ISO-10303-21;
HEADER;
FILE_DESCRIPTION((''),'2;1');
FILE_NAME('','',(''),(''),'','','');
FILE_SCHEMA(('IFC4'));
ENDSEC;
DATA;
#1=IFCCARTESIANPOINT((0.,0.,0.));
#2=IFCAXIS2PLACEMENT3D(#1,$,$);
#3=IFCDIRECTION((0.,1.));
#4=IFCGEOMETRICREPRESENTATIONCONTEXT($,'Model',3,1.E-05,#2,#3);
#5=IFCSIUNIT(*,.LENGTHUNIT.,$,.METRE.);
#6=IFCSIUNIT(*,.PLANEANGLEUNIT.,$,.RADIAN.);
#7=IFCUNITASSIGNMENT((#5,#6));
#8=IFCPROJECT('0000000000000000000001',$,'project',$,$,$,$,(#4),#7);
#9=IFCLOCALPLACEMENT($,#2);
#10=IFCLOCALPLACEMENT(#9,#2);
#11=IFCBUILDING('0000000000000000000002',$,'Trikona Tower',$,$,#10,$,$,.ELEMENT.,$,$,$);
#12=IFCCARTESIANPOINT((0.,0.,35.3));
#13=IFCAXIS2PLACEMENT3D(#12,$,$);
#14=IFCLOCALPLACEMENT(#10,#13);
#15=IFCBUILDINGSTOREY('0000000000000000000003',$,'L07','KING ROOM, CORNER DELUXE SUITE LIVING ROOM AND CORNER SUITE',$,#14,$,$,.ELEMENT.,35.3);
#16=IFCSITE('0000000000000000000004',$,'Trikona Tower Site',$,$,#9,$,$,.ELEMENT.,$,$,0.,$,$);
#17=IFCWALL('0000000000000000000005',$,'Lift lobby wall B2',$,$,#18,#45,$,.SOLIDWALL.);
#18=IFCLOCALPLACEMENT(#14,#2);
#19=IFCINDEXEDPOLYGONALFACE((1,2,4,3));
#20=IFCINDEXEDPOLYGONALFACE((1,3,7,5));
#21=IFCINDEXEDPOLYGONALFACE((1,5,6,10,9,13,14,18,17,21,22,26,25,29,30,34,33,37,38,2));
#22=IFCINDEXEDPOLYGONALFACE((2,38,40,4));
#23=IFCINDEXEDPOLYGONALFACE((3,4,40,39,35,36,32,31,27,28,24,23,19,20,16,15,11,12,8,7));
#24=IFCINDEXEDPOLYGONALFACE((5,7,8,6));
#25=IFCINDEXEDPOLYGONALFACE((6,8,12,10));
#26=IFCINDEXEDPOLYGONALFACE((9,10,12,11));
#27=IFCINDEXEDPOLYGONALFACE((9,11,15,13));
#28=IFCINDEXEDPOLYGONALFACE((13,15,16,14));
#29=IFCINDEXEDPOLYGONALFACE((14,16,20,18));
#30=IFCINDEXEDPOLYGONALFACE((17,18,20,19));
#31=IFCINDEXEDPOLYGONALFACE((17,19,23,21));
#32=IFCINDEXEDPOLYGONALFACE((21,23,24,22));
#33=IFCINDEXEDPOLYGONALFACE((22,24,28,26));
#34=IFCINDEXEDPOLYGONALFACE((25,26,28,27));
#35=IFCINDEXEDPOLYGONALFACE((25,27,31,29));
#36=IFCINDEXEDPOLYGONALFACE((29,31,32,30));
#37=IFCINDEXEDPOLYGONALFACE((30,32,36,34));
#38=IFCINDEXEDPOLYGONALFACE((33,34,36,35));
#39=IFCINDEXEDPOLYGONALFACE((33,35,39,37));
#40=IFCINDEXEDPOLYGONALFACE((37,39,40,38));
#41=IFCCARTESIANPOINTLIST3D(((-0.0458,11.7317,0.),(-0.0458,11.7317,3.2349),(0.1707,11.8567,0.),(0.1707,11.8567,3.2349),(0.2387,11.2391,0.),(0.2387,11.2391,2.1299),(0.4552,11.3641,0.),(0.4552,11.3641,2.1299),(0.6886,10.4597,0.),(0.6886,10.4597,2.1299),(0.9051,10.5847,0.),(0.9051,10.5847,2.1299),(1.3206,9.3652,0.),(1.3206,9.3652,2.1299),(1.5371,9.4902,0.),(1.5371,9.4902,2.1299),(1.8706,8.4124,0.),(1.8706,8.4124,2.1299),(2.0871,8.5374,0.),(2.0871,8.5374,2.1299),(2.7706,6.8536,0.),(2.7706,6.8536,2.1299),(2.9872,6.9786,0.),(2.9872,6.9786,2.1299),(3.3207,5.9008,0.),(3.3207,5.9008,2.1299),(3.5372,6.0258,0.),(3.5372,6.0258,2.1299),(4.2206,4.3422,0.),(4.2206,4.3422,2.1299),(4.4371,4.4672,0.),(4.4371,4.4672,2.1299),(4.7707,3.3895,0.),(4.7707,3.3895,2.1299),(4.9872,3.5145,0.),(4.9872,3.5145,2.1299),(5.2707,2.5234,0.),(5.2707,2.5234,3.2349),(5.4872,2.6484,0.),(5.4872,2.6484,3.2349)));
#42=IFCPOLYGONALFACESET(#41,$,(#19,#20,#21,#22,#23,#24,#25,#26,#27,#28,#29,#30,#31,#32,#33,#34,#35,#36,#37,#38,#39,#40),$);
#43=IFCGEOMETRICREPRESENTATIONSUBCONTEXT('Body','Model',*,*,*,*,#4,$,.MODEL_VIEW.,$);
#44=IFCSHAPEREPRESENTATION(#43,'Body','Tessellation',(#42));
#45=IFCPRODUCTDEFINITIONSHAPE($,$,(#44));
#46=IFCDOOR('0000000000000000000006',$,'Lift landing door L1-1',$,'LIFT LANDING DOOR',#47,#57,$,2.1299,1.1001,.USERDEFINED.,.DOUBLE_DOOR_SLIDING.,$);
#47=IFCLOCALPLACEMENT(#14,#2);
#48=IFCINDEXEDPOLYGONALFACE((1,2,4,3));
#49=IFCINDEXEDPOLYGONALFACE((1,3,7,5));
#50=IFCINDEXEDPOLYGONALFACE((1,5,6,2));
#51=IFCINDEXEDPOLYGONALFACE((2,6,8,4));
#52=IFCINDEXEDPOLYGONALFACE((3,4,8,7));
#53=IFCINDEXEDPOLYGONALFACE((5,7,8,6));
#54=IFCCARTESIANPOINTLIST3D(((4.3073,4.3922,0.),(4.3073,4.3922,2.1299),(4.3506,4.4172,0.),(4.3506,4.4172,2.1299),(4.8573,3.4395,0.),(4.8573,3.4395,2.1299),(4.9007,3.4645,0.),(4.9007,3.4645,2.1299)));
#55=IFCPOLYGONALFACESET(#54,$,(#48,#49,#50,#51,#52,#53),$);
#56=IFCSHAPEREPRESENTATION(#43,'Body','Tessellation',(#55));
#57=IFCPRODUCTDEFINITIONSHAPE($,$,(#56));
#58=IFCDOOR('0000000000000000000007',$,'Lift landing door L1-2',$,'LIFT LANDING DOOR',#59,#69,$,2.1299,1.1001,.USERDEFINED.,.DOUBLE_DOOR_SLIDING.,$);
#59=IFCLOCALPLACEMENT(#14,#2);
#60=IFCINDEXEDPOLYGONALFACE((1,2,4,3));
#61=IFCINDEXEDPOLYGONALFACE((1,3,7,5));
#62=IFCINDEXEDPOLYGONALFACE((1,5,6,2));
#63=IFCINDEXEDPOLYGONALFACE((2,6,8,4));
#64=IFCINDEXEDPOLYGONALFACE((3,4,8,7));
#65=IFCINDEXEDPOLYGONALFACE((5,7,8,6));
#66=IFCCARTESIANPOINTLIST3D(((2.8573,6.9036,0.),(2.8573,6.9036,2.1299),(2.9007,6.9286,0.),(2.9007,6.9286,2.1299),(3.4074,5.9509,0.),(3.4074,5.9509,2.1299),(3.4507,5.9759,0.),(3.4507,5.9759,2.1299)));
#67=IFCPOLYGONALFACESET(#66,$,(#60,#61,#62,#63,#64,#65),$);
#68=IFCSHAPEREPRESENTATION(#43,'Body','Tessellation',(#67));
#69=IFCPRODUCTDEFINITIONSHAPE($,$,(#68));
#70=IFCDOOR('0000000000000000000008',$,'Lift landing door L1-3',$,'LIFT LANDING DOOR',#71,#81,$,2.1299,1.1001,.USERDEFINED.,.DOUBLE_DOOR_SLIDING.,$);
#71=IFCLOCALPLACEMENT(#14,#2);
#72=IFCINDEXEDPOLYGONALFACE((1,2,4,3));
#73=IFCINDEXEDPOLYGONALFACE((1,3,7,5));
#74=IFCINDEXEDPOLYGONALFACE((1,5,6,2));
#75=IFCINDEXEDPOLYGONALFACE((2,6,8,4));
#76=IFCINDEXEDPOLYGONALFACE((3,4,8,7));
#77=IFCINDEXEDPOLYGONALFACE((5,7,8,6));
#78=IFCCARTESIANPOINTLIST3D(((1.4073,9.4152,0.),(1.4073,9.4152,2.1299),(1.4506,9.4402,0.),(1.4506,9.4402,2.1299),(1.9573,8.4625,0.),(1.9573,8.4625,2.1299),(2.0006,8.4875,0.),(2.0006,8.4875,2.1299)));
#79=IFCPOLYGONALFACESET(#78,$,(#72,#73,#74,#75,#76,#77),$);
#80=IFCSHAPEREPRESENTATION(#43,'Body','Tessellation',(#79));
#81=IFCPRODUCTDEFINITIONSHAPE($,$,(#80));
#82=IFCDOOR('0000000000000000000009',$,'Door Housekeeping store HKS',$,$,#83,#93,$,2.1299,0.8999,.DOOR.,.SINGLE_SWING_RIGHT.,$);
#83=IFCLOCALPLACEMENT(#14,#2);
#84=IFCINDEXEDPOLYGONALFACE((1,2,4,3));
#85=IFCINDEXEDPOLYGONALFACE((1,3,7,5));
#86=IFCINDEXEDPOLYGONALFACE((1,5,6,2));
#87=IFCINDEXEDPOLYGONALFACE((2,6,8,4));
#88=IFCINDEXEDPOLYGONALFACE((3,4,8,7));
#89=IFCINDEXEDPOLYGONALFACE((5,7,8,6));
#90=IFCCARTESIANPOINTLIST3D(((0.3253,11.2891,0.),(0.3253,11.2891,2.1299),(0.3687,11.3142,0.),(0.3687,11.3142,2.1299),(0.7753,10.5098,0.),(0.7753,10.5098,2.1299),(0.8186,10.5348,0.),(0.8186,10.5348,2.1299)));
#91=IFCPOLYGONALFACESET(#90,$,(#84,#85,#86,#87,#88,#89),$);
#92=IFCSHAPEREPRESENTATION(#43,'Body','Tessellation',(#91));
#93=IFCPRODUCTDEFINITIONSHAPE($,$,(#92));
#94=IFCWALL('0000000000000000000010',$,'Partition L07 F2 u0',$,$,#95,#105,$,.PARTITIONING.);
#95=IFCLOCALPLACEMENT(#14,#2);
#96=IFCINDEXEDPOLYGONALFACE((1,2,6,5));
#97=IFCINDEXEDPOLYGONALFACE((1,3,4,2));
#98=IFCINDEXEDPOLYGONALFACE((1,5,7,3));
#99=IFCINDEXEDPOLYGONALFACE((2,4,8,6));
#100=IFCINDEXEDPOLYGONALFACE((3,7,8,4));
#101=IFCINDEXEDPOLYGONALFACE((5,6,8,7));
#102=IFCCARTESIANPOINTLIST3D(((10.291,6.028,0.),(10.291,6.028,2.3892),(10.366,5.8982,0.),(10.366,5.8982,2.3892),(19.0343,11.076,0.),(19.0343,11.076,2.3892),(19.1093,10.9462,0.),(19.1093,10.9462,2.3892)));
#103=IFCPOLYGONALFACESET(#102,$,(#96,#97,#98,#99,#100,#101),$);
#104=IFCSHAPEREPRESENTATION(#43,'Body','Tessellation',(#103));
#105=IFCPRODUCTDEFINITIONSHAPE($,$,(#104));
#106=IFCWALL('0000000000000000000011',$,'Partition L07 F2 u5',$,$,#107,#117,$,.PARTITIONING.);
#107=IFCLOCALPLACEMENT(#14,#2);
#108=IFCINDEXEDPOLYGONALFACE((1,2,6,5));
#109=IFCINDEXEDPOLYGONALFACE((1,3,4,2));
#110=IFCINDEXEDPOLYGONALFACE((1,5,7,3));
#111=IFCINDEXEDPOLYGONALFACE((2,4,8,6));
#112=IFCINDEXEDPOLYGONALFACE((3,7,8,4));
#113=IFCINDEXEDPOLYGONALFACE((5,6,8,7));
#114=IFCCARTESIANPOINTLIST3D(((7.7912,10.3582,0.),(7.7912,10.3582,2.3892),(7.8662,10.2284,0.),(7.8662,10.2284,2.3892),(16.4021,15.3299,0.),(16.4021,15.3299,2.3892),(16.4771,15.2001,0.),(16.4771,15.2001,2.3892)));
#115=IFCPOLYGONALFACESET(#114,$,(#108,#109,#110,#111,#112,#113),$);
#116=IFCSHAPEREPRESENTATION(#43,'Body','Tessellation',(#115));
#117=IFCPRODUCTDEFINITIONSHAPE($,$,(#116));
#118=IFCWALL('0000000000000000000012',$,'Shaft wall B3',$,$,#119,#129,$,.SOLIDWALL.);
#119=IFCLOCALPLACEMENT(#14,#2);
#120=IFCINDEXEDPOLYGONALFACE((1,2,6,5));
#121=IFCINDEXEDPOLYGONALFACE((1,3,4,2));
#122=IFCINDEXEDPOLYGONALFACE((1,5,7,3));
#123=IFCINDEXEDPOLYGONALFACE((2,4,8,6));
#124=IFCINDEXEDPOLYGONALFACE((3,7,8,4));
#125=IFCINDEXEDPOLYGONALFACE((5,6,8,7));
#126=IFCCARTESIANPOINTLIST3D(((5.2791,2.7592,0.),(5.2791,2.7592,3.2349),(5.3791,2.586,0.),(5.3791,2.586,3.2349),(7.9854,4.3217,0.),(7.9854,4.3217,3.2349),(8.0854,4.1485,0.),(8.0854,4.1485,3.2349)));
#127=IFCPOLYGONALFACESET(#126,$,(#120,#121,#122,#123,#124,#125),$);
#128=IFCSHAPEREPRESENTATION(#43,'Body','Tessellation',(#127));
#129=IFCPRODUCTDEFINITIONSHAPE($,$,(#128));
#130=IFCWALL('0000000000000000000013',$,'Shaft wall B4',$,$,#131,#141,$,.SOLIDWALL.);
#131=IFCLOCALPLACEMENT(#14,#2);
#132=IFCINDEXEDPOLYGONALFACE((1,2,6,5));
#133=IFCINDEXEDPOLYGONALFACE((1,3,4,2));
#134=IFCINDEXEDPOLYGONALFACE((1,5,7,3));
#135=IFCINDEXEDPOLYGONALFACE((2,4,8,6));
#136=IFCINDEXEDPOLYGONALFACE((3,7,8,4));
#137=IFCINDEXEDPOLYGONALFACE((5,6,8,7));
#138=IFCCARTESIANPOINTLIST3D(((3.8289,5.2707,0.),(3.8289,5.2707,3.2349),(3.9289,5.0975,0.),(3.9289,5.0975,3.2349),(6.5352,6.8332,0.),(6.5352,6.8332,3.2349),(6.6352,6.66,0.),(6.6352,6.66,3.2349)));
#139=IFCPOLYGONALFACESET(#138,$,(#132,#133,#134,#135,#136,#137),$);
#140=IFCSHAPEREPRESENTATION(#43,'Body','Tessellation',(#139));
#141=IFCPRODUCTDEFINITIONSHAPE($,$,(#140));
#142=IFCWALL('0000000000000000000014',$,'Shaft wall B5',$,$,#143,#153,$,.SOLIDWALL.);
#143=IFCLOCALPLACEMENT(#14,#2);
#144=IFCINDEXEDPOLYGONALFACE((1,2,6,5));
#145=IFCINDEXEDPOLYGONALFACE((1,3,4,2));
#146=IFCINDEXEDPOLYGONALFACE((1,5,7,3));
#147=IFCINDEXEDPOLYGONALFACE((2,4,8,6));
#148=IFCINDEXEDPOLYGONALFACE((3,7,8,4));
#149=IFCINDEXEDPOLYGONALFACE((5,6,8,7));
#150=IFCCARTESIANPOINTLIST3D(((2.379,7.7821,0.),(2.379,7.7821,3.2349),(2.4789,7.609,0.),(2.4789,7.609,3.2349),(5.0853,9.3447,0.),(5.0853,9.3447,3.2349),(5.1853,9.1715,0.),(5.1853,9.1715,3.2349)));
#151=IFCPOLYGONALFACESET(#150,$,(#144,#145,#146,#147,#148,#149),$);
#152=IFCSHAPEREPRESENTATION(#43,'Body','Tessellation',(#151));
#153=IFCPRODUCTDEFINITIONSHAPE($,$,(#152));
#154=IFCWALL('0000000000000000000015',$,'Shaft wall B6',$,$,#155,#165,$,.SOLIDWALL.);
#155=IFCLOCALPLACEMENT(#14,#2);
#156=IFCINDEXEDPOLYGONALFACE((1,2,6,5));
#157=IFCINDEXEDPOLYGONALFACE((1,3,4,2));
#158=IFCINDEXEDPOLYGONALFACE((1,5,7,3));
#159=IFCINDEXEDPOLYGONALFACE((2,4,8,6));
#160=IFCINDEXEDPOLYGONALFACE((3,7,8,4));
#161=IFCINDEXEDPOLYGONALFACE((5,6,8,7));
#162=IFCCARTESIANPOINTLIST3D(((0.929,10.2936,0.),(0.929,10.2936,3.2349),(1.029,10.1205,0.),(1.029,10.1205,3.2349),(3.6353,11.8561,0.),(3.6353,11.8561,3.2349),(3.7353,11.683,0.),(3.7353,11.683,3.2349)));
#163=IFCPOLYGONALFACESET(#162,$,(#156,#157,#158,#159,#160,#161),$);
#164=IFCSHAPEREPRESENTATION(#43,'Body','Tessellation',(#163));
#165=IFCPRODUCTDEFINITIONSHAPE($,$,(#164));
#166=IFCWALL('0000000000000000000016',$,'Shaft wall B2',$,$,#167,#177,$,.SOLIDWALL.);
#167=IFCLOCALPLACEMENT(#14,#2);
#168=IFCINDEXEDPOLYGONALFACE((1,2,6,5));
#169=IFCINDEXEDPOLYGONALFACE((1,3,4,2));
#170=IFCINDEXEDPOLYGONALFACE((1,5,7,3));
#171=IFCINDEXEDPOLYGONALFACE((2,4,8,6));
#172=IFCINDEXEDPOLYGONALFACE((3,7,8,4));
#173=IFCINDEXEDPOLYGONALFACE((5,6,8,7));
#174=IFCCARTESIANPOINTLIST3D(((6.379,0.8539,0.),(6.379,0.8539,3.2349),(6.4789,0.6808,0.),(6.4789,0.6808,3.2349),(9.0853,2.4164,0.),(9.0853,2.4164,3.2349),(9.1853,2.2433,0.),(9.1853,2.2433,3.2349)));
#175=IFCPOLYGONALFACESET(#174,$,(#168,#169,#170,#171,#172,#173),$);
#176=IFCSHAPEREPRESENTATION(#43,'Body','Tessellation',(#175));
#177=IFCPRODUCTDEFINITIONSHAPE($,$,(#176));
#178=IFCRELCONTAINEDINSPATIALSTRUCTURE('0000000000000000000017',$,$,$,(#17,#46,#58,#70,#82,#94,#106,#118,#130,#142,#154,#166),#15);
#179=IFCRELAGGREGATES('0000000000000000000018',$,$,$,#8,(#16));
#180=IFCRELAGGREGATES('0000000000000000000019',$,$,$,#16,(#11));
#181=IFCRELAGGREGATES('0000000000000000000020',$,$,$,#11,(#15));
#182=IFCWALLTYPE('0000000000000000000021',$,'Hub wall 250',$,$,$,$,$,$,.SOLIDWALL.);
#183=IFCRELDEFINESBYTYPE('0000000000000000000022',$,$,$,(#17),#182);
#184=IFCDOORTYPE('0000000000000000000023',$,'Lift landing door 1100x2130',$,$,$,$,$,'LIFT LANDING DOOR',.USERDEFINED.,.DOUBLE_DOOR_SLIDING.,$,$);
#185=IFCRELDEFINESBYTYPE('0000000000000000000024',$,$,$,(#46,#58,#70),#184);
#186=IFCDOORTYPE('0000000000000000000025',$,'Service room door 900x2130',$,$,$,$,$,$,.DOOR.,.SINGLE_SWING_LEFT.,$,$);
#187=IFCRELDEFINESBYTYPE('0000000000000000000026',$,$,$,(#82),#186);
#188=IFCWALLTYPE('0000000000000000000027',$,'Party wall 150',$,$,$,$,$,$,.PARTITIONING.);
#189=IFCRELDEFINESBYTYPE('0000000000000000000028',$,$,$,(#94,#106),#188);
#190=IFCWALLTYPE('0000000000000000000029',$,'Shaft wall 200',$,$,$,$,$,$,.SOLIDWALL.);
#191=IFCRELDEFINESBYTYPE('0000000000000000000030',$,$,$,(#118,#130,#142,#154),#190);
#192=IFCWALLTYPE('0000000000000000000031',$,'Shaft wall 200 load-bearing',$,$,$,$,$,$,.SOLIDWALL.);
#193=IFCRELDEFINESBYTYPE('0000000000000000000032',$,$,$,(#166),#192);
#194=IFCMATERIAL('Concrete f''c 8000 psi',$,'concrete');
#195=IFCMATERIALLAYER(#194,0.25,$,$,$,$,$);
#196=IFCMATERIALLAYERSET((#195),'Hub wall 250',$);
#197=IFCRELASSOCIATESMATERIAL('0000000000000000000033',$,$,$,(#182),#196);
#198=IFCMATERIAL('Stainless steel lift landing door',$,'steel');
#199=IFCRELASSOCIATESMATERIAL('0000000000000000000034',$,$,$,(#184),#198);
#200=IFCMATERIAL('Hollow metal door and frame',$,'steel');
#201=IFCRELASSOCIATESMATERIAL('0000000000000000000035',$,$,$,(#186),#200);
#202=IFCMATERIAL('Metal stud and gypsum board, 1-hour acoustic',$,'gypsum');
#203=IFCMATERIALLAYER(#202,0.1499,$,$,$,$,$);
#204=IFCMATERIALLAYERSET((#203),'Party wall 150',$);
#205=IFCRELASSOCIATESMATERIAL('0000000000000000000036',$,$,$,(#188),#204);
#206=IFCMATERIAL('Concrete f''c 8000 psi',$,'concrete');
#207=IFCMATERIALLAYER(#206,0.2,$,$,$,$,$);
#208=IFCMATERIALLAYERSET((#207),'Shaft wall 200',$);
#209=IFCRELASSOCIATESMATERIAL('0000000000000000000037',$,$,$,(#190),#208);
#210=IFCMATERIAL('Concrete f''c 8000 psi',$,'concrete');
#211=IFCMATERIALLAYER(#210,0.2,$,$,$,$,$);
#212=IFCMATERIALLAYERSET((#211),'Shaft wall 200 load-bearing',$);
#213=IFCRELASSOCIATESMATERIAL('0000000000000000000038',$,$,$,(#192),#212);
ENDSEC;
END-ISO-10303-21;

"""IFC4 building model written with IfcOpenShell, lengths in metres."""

from ifc_helpers import new_model, si_unit, direction, frame, frame_2d, origin, place, context, subcontext, project, spatial, rectangle, extrude, material, layer, layer_set, type_object, element, fill, save


model = new_model("IFC4")

# Units and contexts
model_context = context("Model", 3, precision=1e-05, world=origin(), true_north=direction((0.0, 1.0)))
body_context = subcontext(model_context, "Body", "Model", "MODEL_VIEW")
ifc_project = project(units=[si_unit("LENGTHUNIT", "METRE"), si_unit("PLANEANGLEUNIT", "RADIAN")], contexts=[model_context])

# Site, building, storey
site_placement = place(None, origin())
site = spatial("IfcSite", under=ifc_project, at=site_placement, Name="Trikona Tower Site", CompositionType="ELEMENT", RefElevation=0.0)
building_placement = place(site_placement, origin())
building = spatial("IfcBuilding", under=site, at=building_placement, Name="Trikona Tower", CompositionType="ELEMENT")
storey_placement = place(building_placement, frame((0.0, 0.0, 35.3)))
storey = spatial("IfcBuildingStorey", under=building, at=storey_placement, Name="L07", Description="KING ROOM, CORNER DELUXE SUITE LIVING ROOM AND CORNER SUITE", CompositionType="ELEMENT", Elevation=35.3)

# Wall, openings, doors
ifc_material_1 = material(Name="Concrete f'c 8000 psi", Category="concrete")
ifc_layer_1 = layer(ifc_material_1, 0.25)
ifc_layer_set_1 = layer_set([ifc_layer_1], Name="Hub wall 250")
wall_type_1 = type_object("IfcWallType", Name="Hub wall 250", PredefinedType="SOLIDWALL", material=ifc_layer_set_1)
wall_1_placement = place(storey_placement, frame((5.3789, 2.5859, 0.0), z_axis=(0.0, 0.0, 1.0), x_axis=(-0.500001, 0.866025, 0.0)))
wall_1 = element("IfcWall", 1, at=wall_1_placement, inside=storey, type_object=wall_type_1, Name="Lift lobby wall B2", PredefinedType="SOLIDWALL", context=body_context, shape_type="SweptSolid", body=[
    extrude(rectangle(XDim=10.6328, YDim=0.25, at=frame_2d((5.3164, 0.0))), origin(), (0.0, 0.0, 1.0), 3.2349),
])
opening_1_placement = place(wall_1_placement, frame((9.1641, 0.0, 0.0)))
opening_1 = element("IfcOpeningElement", 2, at=opening_1_placement, cuts=wall_1, PredefinedType="OPENING", context=body_context, shape_type="SweptSolid", body=[
    extrude(rectangle(XDim=0.8999, YDim=2.1299, at=frame_2d((0.45, 1.0649))), frame((0.0, 0.135, 0.0), z_axis=(0.0, -1.0, 0.0), x_axis=(1.0, 0.0, 0.0)), (0.0, 0.0, 1.0), 0.27),
])
opening_2_placement = place(wall_1_placement, frame((1.0, 0.0, 0.0)))
opening_2 = element("IfcOpeningElement", 3, at=opening_2_placement, cuts=wall_1, PredefinedType="OPENING", context=body_context, shape_type="SweptSolid", body=[
    extrude(rectangle(XDim=1.1001, YDim=2.1299, at=frame_2d((0.55, 1.0649))), frame((0.0, 0.135, 0.0), z_axis=(0.0, -1.0, 0.0), x_axis=(1.0, 0.0, 0.0)), (0.0, 0.0, 1.0), 0.27),
])
opening_3_placement = place(wall_1_placement, frame((3.8999, 0.0, 0.0)))
opening_3 = element("IfcOpeningElement", 4, at=opening_3_placement, cuts=wall_1, PredefinedType="OPENING", context=body_context, shape_type="SweptSolid", body=[
    extrude(rectangle(XDim=1.1001, YDim=2.1299, at=frame_2d((0.55, 1.0649))), frame((0.0, 0.135, 0.0), z_axis=(0.0, -1.0, 0.0), x_axis=(1.0, 0.0, 0.0)), (0.0, 0.0, 1.0), 0.27),
])
opening_4_placement = place(wall_1_placement, frame((6.8, 0.0, 0.0)))
opening_4 = element("IfcOpeningElement", 5, at=opening_4_placement, cuts=wall_1, PredefinedType="OPENING", context=body_context, shape_type="SweptSolid", body=[
    extrude(rectangle(XDim=1.1001, YDim=2.1299, at=frame_2d((0.55, 1.0649))), frame((0.0, 0.135, 0.0), z_axis=(0.0, -1.0, 0.0), x_axis=(1.0, 0.0, 0.0)), (0.0, 0.0, 1.0), 0.27),
])
ifc_material_2 = material(Name="Stainless steel lift landing door", Category="steel")
door_type_1 = type_object("IfcDoorType", Name="Lift landing door 1100x2130", ElementType="LIFT LANDING DOOR", OperationType="DOUBLE_DOOR_SLIDING", PredefinedType="USERDEFINED", material=ifc_material_2)
door_1_placement = place(opening_2_placement, origin())
door_1 = element("IfcDoor", 6, at=door_1_placement, inside=storey, type_object=door_type_1, Name="Lift landing door L1-1", ObjectType="LIFT LANDING DOOR", OperationType="DOUBLE_DOOR_SLIDING", OverallHeight=2.1299, OverallWidth=1.1001, PredefinedType="USERDEFINED", context=body_context, shape_type="SweptSolid", body=[
    extrude(rectangle(XDim=1.1001, YDim=2.1299, at=frame_2d((0.55, 1.0649))), frame((0.0, 0.0249, 0.0), z_axis=(0.0, -1.0, 0.0), x_axis=(1.0, 0.0, 0.0)), (0.0, 0.0, 1.0), 0.05),
])
fill(opening_2, door_1)
door_2_placement = place(opening_3_placement, origin())
door_2 = element("IfcDoor", 7, at=door_2_placement, inside=storey, type_object=door_type_1, Name="Lift landing door L1-2", ObjectType="LIFT LANDING DOOR", OperationType="DOUBLE_DOOR_SLIDING", OverallHeight=2.1299, OverallWidth=1.1001, PredefinedType="USERDEFINED", context=body_context, shape_type="SweptSolid", body=[
    extrude(rectangle(XDim=1.1001, YDim=2.1299, at=frame_2d((0.55, 1.0649))), frame((0.0, 0.0249, 0.0), z_axis=(0.0, -1.0, 0.0), x_axis=(1.0, 0.0, 0.0)), (0.0, 0.0, 1.0), 0.05),
])
fill(opening_3, door_2)
door_3_placement = place(opening_4_placement, origin())
door_3 = element("IfcDoor", 8, at=door_3_placement, inside=storey, type_object=door_type_1, Name="Lift landing door L1-3", ObjectType="LIFT LANDING DOOR", OperationType="DOUBLE_DOOR_SLIDING", OverallHeight=2.1299, OverallWidth=1.1001, PredefinedType="USERDEFINED", context=body_context, shape_type="SweptSolid", body=[
    extrude(rectangle(XDim=1.1001, YDim=2.1299, at=frame_2d((0.55, 1.0649))), frame((0.0, 0.0249, 0.0), z_axis=(0.0, -1.0, 0.0), x_axis=(1.0, 0.0, 0.0)), (0.0, 0.0, 1.0), 0.05),
])
fill(opening_4, door_3)
ifc_material_3 = material(Name="Hollow metal door and frame", Category="steel")
door_type_2 = type_object("IfcDoorType", Name="Service room door 900x2130", OperationType="SINGLE_SWING_LEFT", PredefinedType="DOOR", material=ifc_material_3)
door_4_placement = place(opening_1_placement, origin())
door_4 = element("IfcDoor", 9, at=door_4_placement, inside=storey, type_object=door_type_2, Name="Door Housekeeping store HKS", OperationType="SINGLE_SWING_RIGHT", OverallHeight=2.1299, OverallWidth=0.8999, PredefinedType="DOOR", context=body_context, shape_type="SweptSolid", body=[
    extrude(rectangle(XDim=0.8999, YDim=2.1299, at=frame_2d((0.45, 1.0649))), frame((0.0, 0.0249, 0.0), z_axis=(0.0, -1.0, 0.0), x_axis=(1.0, 0.0, 0.0)), (0.0, 0.0, 1.0), 0.05),
])
fill(opening_1, door_4)

# Walls
ifc_material_4 = material(Name="Metal stud and gypsum board, 1-hour acoustic", Category="gypsum")
ifc_layer_2 = layer(ifc_material_4, 0.1499)
ifc_layer_set_2 = layer_set([ifc_layer_2], Name="Party wall 150")
wall_type_2 = type_object("IfcWallType", Name="Party wall 150", PredefinedType="PARTITIONING", material=ifc_layer_set_2)
wall_2_placement = place(storey_placement, frame((10.3286, 5.9631, 0.0), z_axis=(0.0, 0.0, 1.0), x_axis=(0.866022, 0.500006, 0.0)))
element("IfcWall", 10, at=wall_2_placement, inside=storey, type_object=wall_type_2, Name="Partition L07 F2 u0", PredefinedType="PARTITIONING", context=body_context, shape_type="SweptSolid", body=[
    extrude(rectangle(XDim=10.0959, YDim=0.1499, at=frame_2d((5.0479, 0.0))), origin(), (0.0, 0.0, 1.0), 2.3892),
])
wall_3_placement = place(storey_placement, frame((7.8286, 10.2932, 0.0), z_axis=(0.0, 0.0, 1.0), x_axis=(0.866016, 0.500016, 0.0)))
element("IfcWall", 11, at=wall_3_placement, inside=storey, type_object=wall_type_2, Name="Partition L07 F2 u5", PredefinedType="PARTITIONING", context=body_context, shape_type="SweptSolid", body=[
    extrude(rectangle(XDim=9.9431, YDim=0.1499, at=frame_2d((4.9717, 0.0))), origin(), (0.0, 0.0, 1.0), 2.3892),
])
ifc_material_5 = material(Name="Concrete f'c 8000 psi", Category="concrete")
ifc_layer_3 = layer(ifc_material_5, 0.2)
ifc_layer_set_3 = layer_set([ifc_layer_3], Name="Shaft wall 200")
wall_type_3 = type_object("IfcWallType", Name="Shaft wall 200", PredefinedType="SOLIDWALL", material=ifc_layer_set_3)
for number, where, z_axis, x_axis, name in (
    (12, (5.3291, 2.6726, 0.0), (0.0, 0.0, 1.0), (0.866023, 0.500004, 0.0), "Shaft wall B3"),
    (13, (3.8789, 5.1841, 0.0), (0.0, 0.0, 1.0), (0.866023, 0.500004, 0.0), "Shaft wall B4"),
    (14, (2.429, 7.6956, 0.0), (0.0, 0.0, 1.0), (0.866023, 0.500004, 0.0), "Shaft wall B5"),
    (15, (0.979, 10.207, 0.0), (0.0, 0.0, 1.0), (0.866023, 0.500004, 0.0), "Shaft wall B6"),
):
    element("IfcWall", number, at=place(storey_placement, frame(where, z_axis=z_axis, x_axis=x_axis)), inside=storey, type_object=wall_type_3, Name=name, PredefinedType="SOLIDWALL", context=body_context, shape_type="SweptSolid", body=[
        extrude(rectangle(XDim=3.125, YDim=0.2, at=frame_2d((1.5625, 0.0))), origin(), (0.0, 0.0, 1.0), 3.2349),
    ])
ifc_material_6 = material(Name="Concrete f'c 8000 psi", Category="concrete")
ifc_layer_4 = layer(ifc_material_6, 0.2)
ifc_layer_set_4 = layer_set([ifc_layer_4], Name="Shaft wall 200 load-bearing")
wall_type_4 = type_object("IfcWallType", Name="Shaft wall 200 load-bearing", PredefinedType="SOLIDWALL", material=ifc_layer_set_4)
wall_4_placement = place(storey_placement, frame((6.429, 0.7673, 0.0), z_axis=(0.0, 0.0, 1.0), x_axis=(0.866023, 0.500004, 0.0)))
element("IfcWall", 16, at=wall_4_placement, inside=storey, type_object=wall_type_4, Name="Shaft wall B2", PredefinedType="SOLIDWALL", context=body_context, shape_type="SweptSolid", body=[
    extrude(rectangle(XDim=3.125, YDim=0.2, at=frame_2d((1.5625, 0.0))), origin(), (0.0, 0.0, 1.0), 3.2349),
])

save(model, "model.ifc")
